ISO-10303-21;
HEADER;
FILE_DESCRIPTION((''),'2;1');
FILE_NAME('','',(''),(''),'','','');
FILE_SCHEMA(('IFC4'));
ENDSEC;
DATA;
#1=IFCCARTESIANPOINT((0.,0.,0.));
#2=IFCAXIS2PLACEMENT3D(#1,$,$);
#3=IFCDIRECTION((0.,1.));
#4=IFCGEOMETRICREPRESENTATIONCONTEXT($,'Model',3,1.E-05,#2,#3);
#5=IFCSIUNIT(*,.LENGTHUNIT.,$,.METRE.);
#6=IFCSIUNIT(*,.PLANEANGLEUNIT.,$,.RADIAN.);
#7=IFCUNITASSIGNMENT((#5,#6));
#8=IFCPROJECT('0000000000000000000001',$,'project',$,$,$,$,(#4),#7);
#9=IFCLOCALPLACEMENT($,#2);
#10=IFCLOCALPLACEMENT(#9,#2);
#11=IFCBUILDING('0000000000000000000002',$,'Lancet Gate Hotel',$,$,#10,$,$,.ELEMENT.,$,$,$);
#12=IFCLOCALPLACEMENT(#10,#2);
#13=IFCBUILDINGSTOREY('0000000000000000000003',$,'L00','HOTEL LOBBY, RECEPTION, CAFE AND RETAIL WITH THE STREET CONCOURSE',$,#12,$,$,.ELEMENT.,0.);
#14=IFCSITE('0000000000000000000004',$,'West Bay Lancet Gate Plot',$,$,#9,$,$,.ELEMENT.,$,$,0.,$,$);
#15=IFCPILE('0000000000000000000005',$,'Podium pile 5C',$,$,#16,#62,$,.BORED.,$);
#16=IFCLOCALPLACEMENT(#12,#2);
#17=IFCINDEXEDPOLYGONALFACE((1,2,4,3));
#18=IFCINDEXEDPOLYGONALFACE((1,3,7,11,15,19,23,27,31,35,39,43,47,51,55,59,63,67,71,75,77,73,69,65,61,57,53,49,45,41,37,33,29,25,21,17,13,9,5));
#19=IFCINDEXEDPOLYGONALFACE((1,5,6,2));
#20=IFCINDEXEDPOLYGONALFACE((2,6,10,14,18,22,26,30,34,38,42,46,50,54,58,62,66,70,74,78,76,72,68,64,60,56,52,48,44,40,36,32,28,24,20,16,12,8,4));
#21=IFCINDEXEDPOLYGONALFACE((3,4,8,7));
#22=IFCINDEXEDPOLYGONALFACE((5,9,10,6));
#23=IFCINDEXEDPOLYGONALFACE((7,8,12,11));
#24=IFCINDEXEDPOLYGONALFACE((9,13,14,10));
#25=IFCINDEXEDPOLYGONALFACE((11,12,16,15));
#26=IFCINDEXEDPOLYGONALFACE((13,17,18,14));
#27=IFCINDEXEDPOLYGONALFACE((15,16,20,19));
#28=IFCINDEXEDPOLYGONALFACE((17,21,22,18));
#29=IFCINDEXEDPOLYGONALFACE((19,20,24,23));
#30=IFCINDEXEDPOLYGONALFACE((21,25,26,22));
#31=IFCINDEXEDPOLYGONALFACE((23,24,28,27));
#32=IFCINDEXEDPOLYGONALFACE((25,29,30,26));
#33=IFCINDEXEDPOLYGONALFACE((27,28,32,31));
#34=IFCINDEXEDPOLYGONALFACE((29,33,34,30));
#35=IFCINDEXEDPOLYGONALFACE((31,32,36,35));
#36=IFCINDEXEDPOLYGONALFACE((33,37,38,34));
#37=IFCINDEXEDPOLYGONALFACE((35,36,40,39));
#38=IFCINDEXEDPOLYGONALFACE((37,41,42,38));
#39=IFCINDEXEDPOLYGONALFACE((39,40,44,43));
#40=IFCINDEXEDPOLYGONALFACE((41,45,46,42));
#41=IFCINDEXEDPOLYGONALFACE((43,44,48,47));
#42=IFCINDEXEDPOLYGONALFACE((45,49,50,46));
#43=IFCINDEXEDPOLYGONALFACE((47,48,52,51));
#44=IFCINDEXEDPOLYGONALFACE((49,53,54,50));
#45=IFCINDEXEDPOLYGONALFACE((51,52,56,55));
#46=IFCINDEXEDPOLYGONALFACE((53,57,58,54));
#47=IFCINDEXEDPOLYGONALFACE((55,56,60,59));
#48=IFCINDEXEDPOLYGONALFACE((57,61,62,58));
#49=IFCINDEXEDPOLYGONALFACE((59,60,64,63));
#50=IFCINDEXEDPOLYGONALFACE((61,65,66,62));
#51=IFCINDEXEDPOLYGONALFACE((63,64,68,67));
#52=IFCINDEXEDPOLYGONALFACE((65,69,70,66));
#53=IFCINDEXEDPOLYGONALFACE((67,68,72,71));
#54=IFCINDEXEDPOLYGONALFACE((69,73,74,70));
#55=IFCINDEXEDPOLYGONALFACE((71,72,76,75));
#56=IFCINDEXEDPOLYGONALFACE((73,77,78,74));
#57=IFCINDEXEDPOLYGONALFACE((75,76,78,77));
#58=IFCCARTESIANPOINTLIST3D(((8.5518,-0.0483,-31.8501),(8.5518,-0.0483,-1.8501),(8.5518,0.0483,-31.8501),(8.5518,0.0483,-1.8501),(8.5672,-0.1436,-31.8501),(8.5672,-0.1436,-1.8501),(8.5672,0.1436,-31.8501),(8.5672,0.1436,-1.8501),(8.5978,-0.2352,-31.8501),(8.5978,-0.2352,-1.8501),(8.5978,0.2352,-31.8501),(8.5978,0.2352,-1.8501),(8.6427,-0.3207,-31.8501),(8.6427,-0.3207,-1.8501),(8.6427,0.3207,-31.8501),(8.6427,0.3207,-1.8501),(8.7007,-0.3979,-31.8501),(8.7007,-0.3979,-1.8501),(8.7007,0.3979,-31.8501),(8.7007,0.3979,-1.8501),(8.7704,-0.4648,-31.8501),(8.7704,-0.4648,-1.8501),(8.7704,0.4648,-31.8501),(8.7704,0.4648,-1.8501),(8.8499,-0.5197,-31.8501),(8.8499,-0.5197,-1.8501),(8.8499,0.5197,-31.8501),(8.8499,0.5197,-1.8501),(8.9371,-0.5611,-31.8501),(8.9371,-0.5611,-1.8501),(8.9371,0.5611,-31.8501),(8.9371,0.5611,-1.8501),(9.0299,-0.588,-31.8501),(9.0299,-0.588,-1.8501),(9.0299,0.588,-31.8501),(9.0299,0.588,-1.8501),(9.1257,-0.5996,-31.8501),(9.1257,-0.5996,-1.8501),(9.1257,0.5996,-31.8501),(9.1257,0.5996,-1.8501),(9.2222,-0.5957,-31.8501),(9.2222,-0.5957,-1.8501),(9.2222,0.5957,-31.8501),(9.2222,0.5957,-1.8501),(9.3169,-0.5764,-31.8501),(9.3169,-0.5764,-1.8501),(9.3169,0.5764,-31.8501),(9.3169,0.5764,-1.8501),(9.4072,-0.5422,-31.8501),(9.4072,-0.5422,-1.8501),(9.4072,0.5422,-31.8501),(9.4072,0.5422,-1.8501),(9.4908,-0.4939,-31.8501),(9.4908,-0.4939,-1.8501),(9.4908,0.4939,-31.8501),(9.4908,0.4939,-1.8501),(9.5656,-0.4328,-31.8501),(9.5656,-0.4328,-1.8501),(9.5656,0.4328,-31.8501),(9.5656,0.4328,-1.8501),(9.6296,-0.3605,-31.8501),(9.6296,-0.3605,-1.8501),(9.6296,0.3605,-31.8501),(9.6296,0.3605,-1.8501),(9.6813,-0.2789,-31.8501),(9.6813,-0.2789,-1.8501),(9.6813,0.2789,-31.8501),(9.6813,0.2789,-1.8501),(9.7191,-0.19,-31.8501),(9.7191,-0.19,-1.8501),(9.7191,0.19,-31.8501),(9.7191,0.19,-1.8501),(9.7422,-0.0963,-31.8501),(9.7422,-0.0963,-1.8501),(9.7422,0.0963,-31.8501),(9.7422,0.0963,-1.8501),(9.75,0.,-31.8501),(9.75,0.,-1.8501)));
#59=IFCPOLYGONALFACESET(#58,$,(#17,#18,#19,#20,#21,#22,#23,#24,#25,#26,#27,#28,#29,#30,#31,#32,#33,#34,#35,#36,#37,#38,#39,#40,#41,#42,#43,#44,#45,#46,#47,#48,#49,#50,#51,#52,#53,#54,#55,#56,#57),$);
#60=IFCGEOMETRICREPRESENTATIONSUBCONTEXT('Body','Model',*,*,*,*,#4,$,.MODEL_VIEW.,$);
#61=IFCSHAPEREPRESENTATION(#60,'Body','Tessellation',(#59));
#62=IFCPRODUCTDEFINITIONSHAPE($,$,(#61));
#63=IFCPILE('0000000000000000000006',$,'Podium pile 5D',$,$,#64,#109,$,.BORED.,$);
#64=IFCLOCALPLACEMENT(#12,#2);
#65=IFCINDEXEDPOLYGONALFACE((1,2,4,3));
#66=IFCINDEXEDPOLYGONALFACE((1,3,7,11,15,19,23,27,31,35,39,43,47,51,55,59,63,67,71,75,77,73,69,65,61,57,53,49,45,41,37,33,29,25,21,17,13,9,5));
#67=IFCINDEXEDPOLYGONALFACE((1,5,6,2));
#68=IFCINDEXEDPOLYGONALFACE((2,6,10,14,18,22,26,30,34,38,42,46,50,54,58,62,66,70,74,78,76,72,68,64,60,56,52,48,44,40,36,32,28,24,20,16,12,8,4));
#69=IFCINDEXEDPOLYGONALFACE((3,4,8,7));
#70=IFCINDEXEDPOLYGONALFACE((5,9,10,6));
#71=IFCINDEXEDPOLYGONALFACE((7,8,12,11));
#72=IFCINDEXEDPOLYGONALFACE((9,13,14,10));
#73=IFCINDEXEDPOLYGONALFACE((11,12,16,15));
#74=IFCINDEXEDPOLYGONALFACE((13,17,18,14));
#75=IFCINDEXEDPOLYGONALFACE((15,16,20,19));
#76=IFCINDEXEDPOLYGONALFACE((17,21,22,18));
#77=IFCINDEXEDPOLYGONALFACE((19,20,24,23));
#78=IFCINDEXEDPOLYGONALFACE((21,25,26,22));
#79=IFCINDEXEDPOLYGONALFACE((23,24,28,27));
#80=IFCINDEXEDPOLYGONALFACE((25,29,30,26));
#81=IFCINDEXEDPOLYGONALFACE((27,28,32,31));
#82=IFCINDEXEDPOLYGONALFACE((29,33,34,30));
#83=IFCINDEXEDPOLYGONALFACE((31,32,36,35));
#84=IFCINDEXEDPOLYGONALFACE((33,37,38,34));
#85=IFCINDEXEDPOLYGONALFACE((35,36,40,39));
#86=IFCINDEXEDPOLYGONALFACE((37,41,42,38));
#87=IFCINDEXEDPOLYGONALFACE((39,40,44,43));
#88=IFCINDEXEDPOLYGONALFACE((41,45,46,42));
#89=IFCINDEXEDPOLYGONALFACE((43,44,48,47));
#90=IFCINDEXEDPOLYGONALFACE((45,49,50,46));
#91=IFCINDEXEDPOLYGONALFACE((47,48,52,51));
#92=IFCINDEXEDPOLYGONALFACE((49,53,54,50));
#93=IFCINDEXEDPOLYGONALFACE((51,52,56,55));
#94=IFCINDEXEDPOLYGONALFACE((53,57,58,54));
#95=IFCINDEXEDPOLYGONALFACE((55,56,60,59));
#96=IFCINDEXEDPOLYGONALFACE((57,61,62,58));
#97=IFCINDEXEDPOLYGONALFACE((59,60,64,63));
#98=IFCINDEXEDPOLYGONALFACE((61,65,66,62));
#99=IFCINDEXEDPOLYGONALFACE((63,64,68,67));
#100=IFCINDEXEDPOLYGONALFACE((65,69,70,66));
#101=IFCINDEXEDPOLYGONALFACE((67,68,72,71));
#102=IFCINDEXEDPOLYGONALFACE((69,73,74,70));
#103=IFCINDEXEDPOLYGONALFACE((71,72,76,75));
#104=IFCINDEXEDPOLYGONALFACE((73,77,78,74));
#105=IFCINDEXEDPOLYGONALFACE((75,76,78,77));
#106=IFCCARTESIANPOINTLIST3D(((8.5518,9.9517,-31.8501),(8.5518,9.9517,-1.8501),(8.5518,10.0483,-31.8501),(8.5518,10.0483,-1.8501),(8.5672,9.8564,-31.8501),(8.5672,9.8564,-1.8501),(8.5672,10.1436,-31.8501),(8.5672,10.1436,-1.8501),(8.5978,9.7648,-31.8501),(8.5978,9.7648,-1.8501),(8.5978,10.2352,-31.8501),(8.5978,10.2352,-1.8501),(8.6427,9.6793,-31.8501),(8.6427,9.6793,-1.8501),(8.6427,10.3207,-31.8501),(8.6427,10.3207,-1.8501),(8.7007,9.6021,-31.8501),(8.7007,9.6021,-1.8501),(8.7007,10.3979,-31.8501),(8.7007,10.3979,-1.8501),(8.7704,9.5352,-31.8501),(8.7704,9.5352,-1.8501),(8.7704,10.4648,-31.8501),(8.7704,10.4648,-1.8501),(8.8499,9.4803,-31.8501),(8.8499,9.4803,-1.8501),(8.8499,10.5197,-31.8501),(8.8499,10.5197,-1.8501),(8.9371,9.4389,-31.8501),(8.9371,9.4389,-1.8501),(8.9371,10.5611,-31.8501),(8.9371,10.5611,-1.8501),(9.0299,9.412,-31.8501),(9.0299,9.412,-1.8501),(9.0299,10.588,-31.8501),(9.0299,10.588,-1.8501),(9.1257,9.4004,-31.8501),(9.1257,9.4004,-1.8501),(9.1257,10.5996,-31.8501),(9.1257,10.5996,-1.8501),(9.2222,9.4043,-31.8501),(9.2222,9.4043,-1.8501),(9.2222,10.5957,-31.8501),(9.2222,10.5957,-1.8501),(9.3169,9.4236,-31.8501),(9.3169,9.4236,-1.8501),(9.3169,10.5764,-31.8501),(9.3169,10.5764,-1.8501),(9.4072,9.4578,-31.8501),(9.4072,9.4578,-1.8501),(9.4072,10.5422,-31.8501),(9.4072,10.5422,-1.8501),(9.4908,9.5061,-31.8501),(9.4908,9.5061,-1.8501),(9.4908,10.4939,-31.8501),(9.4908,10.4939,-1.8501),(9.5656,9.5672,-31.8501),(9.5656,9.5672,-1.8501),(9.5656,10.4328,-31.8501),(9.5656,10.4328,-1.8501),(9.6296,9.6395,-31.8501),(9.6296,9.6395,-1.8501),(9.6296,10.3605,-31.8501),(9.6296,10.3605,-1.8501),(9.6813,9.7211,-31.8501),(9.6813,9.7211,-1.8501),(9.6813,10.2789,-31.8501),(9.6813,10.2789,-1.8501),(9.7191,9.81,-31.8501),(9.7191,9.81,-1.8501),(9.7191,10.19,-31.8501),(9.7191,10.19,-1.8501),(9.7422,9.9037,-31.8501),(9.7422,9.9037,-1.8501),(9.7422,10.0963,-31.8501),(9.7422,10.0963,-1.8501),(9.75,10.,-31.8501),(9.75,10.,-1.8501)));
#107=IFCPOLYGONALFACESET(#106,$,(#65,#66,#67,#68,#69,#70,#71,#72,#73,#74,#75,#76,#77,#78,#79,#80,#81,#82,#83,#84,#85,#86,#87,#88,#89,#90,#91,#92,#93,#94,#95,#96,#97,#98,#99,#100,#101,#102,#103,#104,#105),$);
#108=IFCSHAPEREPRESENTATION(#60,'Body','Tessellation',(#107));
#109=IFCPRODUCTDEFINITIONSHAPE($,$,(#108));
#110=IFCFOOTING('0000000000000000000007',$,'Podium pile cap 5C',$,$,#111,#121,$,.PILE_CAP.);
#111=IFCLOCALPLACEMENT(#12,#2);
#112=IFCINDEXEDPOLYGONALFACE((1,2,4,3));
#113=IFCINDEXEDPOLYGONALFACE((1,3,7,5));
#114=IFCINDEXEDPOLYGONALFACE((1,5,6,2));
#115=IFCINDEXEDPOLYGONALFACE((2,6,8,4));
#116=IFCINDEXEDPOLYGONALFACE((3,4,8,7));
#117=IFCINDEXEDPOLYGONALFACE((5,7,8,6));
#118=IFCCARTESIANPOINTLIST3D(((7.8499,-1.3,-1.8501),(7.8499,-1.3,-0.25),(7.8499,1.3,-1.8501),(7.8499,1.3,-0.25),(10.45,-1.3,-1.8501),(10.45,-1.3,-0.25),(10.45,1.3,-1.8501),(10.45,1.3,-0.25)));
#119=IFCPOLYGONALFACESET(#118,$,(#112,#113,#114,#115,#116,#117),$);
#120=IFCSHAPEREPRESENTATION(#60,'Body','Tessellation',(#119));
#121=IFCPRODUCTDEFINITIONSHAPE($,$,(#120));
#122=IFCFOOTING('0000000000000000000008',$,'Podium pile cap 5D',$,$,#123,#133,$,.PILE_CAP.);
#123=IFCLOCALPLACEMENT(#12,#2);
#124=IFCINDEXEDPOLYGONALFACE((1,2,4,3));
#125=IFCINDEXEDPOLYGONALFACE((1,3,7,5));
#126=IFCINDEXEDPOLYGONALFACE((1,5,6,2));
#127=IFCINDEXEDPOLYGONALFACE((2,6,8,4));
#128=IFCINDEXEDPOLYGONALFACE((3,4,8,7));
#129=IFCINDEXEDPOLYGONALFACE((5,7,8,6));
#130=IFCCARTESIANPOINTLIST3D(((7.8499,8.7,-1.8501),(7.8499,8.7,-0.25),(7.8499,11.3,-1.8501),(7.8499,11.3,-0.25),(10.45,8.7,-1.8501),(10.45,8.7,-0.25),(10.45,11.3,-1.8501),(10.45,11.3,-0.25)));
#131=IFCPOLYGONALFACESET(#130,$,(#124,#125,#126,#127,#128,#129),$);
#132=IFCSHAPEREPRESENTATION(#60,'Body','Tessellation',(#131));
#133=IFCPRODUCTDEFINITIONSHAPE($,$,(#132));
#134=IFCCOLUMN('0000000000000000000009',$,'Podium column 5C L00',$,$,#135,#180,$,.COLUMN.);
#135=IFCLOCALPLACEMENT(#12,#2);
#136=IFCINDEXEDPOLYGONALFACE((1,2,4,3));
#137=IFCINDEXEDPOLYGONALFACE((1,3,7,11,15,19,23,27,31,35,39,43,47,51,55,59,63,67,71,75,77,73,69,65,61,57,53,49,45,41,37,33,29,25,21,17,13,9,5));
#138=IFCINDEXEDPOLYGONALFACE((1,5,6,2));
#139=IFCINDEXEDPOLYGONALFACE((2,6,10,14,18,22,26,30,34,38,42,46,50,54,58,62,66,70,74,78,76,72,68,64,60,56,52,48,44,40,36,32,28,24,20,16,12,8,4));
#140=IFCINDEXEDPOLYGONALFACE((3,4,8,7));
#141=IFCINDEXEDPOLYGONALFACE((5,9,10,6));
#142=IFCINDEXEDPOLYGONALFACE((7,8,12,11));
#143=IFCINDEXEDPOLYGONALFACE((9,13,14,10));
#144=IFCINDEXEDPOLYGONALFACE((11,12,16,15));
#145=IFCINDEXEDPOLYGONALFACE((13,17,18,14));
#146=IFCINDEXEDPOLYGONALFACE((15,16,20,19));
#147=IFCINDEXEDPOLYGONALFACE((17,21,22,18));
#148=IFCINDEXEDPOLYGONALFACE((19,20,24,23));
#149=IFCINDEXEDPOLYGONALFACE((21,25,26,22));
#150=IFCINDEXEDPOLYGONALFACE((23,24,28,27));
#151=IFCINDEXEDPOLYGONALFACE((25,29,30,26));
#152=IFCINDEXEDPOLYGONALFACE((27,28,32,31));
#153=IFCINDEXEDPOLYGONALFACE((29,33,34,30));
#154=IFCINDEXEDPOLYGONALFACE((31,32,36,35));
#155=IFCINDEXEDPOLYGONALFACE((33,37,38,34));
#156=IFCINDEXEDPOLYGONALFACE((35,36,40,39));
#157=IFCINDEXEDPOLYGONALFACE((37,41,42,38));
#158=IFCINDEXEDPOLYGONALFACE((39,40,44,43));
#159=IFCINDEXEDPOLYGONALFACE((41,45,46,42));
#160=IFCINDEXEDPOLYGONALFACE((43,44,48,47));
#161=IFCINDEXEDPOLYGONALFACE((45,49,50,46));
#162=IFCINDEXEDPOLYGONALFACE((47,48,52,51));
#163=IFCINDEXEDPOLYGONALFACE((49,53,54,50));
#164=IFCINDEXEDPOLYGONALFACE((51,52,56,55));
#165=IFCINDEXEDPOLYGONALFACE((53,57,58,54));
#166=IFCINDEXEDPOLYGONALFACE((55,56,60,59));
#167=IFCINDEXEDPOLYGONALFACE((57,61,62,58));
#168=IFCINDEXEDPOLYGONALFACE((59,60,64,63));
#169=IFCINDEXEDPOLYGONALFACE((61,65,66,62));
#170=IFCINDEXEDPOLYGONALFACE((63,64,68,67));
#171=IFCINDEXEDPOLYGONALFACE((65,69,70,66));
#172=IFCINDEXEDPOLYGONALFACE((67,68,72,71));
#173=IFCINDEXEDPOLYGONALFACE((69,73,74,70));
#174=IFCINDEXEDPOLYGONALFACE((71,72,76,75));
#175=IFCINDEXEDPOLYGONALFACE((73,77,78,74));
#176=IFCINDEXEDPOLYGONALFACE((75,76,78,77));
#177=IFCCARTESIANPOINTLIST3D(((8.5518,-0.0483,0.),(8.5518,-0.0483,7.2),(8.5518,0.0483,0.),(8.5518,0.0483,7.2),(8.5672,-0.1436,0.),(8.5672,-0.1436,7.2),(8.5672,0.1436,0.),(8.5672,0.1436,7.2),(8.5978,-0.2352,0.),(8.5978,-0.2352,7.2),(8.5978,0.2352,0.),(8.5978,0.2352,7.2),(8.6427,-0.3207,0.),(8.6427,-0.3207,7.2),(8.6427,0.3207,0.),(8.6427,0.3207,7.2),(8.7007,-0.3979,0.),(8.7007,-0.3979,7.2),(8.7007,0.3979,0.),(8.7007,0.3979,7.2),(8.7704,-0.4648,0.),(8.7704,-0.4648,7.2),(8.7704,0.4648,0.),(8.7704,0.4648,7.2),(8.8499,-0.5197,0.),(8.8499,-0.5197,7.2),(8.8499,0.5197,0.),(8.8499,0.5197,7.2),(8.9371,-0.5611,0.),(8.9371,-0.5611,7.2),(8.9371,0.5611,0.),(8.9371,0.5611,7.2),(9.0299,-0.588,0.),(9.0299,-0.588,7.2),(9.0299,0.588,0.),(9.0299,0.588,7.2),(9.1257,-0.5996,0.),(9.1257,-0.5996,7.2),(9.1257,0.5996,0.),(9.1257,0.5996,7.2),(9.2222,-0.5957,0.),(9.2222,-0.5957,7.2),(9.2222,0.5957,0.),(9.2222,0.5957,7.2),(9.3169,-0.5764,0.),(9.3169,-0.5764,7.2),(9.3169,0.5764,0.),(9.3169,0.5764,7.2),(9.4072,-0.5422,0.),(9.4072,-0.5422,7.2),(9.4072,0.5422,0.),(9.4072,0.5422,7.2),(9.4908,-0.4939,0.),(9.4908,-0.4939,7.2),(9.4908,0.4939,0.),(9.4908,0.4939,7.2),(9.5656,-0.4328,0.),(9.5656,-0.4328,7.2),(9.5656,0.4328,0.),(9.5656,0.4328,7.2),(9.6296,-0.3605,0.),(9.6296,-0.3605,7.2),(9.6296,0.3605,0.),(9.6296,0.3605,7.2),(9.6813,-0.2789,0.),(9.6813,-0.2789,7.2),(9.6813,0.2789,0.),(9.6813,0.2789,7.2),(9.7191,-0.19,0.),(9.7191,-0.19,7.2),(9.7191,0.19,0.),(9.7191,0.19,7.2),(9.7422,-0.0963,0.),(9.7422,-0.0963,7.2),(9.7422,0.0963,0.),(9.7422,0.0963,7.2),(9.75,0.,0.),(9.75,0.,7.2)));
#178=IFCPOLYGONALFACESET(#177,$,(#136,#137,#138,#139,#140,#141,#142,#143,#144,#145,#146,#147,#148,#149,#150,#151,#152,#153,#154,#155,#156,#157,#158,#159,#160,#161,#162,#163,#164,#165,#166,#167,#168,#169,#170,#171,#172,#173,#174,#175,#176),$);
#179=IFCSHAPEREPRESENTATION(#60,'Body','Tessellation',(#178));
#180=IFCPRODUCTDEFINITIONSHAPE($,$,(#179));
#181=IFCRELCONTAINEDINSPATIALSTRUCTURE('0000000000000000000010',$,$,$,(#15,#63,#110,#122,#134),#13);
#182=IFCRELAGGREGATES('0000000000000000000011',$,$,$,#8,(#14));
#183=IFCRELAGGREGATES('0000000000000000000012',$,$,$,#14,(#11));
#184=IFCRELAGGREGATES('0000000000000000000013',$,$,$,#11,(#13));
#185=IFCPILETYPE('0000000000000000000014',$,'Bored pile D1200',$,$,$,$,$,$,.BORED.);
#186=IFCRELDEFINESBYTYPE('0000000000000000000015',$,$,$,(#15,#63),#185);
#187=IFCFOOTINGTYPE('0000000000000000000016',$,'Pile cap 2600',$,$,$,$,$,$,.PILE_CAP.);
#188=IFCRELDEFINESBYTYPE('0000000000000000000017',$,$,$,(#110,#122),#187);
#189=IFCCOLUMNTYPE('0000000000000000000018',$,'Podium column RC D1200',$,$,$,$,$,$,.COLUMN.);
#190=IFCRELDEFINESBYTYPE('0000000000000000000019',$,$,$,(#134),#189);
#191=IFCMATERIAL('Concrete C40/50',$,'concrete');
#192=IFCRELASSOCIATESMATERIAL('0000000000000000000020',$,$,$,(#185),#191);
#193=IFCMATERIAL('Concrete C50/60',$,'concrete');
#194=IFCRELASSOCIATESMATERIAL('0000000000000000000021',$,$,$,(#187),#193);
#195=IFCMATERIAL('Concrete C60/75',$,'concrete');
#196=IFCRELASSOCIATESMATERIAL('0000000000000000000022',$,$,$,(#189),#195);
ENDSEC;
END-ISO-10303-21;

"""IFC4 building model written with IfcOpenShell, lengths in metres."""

from ifc_helpers import new_model, si_unit, direction, frame, origin, origin_2d, place, context, subcontext, project, spatial, rectangle, circle, extrude, material, material_profile, profile_set, type_object, element, save


model = new_model("IFC4")

# Units and contexts
model_context = context("Model", 3, precision=1e-05, world=origin(), true_north=direction((0.0, 1.0)))
body_context = subcontext(model_context, "Body", "Model", "MODEL_VIEW")
ifc_project = project(units=[si_unit("LENGTHUNIT", "METRE"), si_unit("PLANEANGLEUNIT", "RADIAN")], contexts=[model_context])

# Site, building, storey
site_placement = place(None, origin())
site = spatial("IfcSite", under=ifc_project, at=site_placement, Name="West Bay Lancet Gate Plot", CompositionType="ELEMENT", RefElevation=0.0)
building_placement = place(site_placement, origin())
building = spatial("IfcBuilding", under=site, at=building_placement, Name="Lancet Gate Hotel", CompositionType="ELEMENT")
storey_placement = place(building_placement, origin())
storey = spatial("IfcBuildingStorey", under=building, at=storey_placement, Name="L00", Description="HOTEL LOBBY, RECEPTION, CAFE AND RETAIL WITH THE STREET CONCOURSE", CompositionType="ELEMENT", Elevation=0.0)

# Piles
ifc_material_1 = material(Name="Concrete C40/50", Category="concrete")
ifc_material_profile_1 = material_profile(ifc_material_1, circle(Radius=0.6001, at=origin_2d()), Name="PILE D1200")
ifc_profile_set_1 = profile_set([ifc_material_profile_1], Name="Concrete C40/50")
pile_type = type_object("IfcPileType", Name="Bored pile D1200", PredefinedType="BORED", material=ifc_profile_set_1)
for number, where, z_axis, x_axis, name in (
    (1, (9.1499, 0.0, -1.8501), (0.0, 0.0, -1.0), (1.0, 0.0, 0.0), "Podium pile 5C"),
    (2, (9.1499, 10.0, -1.8501), (0.0, 0.0, -1.0), (1.0, 0.0, 0.0), "Podium pile 5D"),
):
    element("IfcPile", number, at=place(storey_placement, frame(where, z_axis=z_axis, x_axis=x_axis)), inside=storey, type_object=pile_type, Name=name, PredefinedType="BORED", context=body_context, shape_type="SweptSolid", body=[
        extrude(circle(Radius=0.6001, at=origin_2d()), origin(), (0.0, 0.0, 1.0), 30.0),
    ])

# Footings
ifc_material_2 = material(Name="Concrete C50/60", Category="concrete")
footing_type = type_object("IfcFootingType", Name="Pile cap 2600", PredefinedType="PILE_CAP", material=ifc_material_2)
for number, where, z_axis, x_axis, name in (
    (3, (9.1499, 0.0, -1.8501), (0.0, 0.0, 1.0), (1.0, 0.0, 0.0), "Podium pile cap 5C"),
    (4, (9.1499, 10.0, -1.8501), (0.0, 0.0, 1.0), (1.0, 0.0, 0.0), "Podium pile cap 5D"),
):
    element("IfcFooting", number, at=place(storey_placement, frame(where, z_axis=z_axis, x_axis=x_axis)), inside=storey, type_object=footing_type, Name=name, PredefinedType="PILE_CAP", context=body_context, shape_type="SweptSolid", body=[
        extrude(rectangle(XDim=2.6001, YDim=2.6001, at=origin_2d()), origin(), (0.0, 0.0, 1.0), 1.6001),
    ])

# Column
ifc_material_3 = material(Name="Concrete C60/75", Category="concrete")
ifc_material_profile_2 = material_profile(ifc_material_3, circle(Radius=0.6001, at=origin_2d()), Name="RC D1200")
ifc_profile_set_2 = profile_set([ifc_material_profile_2], Name="Concrete C60/75")
column_type = type_object("IfcColumnType", Name="Podium column RC D1200", PredefinedType="COLUMN", material=ifc_profile_set_2)
for number, where, z_axis, x_axis, name in (
    (5, (9.1499, 0.0, 0.0), (0.0, 0.0, 1.0), (1.0, 0.0, 0.0), "Podium column 5C L00"),
):
    element("IfcColumn", number, at=place(storey_placement, frame(where, z_axis=z_axis, x_axis=x_axis)), inside=storey, type_object=column_type, Name=name, PredefinedType="COLUMN", context=body_context, shape_type="SweptSolid", body=[
        extrude(circle(Radius=0.6001, at=origin_2d()), origin(), (0.0, 0.0, 1.0), 7.2),
    ])

save(model, "model.ifc")
